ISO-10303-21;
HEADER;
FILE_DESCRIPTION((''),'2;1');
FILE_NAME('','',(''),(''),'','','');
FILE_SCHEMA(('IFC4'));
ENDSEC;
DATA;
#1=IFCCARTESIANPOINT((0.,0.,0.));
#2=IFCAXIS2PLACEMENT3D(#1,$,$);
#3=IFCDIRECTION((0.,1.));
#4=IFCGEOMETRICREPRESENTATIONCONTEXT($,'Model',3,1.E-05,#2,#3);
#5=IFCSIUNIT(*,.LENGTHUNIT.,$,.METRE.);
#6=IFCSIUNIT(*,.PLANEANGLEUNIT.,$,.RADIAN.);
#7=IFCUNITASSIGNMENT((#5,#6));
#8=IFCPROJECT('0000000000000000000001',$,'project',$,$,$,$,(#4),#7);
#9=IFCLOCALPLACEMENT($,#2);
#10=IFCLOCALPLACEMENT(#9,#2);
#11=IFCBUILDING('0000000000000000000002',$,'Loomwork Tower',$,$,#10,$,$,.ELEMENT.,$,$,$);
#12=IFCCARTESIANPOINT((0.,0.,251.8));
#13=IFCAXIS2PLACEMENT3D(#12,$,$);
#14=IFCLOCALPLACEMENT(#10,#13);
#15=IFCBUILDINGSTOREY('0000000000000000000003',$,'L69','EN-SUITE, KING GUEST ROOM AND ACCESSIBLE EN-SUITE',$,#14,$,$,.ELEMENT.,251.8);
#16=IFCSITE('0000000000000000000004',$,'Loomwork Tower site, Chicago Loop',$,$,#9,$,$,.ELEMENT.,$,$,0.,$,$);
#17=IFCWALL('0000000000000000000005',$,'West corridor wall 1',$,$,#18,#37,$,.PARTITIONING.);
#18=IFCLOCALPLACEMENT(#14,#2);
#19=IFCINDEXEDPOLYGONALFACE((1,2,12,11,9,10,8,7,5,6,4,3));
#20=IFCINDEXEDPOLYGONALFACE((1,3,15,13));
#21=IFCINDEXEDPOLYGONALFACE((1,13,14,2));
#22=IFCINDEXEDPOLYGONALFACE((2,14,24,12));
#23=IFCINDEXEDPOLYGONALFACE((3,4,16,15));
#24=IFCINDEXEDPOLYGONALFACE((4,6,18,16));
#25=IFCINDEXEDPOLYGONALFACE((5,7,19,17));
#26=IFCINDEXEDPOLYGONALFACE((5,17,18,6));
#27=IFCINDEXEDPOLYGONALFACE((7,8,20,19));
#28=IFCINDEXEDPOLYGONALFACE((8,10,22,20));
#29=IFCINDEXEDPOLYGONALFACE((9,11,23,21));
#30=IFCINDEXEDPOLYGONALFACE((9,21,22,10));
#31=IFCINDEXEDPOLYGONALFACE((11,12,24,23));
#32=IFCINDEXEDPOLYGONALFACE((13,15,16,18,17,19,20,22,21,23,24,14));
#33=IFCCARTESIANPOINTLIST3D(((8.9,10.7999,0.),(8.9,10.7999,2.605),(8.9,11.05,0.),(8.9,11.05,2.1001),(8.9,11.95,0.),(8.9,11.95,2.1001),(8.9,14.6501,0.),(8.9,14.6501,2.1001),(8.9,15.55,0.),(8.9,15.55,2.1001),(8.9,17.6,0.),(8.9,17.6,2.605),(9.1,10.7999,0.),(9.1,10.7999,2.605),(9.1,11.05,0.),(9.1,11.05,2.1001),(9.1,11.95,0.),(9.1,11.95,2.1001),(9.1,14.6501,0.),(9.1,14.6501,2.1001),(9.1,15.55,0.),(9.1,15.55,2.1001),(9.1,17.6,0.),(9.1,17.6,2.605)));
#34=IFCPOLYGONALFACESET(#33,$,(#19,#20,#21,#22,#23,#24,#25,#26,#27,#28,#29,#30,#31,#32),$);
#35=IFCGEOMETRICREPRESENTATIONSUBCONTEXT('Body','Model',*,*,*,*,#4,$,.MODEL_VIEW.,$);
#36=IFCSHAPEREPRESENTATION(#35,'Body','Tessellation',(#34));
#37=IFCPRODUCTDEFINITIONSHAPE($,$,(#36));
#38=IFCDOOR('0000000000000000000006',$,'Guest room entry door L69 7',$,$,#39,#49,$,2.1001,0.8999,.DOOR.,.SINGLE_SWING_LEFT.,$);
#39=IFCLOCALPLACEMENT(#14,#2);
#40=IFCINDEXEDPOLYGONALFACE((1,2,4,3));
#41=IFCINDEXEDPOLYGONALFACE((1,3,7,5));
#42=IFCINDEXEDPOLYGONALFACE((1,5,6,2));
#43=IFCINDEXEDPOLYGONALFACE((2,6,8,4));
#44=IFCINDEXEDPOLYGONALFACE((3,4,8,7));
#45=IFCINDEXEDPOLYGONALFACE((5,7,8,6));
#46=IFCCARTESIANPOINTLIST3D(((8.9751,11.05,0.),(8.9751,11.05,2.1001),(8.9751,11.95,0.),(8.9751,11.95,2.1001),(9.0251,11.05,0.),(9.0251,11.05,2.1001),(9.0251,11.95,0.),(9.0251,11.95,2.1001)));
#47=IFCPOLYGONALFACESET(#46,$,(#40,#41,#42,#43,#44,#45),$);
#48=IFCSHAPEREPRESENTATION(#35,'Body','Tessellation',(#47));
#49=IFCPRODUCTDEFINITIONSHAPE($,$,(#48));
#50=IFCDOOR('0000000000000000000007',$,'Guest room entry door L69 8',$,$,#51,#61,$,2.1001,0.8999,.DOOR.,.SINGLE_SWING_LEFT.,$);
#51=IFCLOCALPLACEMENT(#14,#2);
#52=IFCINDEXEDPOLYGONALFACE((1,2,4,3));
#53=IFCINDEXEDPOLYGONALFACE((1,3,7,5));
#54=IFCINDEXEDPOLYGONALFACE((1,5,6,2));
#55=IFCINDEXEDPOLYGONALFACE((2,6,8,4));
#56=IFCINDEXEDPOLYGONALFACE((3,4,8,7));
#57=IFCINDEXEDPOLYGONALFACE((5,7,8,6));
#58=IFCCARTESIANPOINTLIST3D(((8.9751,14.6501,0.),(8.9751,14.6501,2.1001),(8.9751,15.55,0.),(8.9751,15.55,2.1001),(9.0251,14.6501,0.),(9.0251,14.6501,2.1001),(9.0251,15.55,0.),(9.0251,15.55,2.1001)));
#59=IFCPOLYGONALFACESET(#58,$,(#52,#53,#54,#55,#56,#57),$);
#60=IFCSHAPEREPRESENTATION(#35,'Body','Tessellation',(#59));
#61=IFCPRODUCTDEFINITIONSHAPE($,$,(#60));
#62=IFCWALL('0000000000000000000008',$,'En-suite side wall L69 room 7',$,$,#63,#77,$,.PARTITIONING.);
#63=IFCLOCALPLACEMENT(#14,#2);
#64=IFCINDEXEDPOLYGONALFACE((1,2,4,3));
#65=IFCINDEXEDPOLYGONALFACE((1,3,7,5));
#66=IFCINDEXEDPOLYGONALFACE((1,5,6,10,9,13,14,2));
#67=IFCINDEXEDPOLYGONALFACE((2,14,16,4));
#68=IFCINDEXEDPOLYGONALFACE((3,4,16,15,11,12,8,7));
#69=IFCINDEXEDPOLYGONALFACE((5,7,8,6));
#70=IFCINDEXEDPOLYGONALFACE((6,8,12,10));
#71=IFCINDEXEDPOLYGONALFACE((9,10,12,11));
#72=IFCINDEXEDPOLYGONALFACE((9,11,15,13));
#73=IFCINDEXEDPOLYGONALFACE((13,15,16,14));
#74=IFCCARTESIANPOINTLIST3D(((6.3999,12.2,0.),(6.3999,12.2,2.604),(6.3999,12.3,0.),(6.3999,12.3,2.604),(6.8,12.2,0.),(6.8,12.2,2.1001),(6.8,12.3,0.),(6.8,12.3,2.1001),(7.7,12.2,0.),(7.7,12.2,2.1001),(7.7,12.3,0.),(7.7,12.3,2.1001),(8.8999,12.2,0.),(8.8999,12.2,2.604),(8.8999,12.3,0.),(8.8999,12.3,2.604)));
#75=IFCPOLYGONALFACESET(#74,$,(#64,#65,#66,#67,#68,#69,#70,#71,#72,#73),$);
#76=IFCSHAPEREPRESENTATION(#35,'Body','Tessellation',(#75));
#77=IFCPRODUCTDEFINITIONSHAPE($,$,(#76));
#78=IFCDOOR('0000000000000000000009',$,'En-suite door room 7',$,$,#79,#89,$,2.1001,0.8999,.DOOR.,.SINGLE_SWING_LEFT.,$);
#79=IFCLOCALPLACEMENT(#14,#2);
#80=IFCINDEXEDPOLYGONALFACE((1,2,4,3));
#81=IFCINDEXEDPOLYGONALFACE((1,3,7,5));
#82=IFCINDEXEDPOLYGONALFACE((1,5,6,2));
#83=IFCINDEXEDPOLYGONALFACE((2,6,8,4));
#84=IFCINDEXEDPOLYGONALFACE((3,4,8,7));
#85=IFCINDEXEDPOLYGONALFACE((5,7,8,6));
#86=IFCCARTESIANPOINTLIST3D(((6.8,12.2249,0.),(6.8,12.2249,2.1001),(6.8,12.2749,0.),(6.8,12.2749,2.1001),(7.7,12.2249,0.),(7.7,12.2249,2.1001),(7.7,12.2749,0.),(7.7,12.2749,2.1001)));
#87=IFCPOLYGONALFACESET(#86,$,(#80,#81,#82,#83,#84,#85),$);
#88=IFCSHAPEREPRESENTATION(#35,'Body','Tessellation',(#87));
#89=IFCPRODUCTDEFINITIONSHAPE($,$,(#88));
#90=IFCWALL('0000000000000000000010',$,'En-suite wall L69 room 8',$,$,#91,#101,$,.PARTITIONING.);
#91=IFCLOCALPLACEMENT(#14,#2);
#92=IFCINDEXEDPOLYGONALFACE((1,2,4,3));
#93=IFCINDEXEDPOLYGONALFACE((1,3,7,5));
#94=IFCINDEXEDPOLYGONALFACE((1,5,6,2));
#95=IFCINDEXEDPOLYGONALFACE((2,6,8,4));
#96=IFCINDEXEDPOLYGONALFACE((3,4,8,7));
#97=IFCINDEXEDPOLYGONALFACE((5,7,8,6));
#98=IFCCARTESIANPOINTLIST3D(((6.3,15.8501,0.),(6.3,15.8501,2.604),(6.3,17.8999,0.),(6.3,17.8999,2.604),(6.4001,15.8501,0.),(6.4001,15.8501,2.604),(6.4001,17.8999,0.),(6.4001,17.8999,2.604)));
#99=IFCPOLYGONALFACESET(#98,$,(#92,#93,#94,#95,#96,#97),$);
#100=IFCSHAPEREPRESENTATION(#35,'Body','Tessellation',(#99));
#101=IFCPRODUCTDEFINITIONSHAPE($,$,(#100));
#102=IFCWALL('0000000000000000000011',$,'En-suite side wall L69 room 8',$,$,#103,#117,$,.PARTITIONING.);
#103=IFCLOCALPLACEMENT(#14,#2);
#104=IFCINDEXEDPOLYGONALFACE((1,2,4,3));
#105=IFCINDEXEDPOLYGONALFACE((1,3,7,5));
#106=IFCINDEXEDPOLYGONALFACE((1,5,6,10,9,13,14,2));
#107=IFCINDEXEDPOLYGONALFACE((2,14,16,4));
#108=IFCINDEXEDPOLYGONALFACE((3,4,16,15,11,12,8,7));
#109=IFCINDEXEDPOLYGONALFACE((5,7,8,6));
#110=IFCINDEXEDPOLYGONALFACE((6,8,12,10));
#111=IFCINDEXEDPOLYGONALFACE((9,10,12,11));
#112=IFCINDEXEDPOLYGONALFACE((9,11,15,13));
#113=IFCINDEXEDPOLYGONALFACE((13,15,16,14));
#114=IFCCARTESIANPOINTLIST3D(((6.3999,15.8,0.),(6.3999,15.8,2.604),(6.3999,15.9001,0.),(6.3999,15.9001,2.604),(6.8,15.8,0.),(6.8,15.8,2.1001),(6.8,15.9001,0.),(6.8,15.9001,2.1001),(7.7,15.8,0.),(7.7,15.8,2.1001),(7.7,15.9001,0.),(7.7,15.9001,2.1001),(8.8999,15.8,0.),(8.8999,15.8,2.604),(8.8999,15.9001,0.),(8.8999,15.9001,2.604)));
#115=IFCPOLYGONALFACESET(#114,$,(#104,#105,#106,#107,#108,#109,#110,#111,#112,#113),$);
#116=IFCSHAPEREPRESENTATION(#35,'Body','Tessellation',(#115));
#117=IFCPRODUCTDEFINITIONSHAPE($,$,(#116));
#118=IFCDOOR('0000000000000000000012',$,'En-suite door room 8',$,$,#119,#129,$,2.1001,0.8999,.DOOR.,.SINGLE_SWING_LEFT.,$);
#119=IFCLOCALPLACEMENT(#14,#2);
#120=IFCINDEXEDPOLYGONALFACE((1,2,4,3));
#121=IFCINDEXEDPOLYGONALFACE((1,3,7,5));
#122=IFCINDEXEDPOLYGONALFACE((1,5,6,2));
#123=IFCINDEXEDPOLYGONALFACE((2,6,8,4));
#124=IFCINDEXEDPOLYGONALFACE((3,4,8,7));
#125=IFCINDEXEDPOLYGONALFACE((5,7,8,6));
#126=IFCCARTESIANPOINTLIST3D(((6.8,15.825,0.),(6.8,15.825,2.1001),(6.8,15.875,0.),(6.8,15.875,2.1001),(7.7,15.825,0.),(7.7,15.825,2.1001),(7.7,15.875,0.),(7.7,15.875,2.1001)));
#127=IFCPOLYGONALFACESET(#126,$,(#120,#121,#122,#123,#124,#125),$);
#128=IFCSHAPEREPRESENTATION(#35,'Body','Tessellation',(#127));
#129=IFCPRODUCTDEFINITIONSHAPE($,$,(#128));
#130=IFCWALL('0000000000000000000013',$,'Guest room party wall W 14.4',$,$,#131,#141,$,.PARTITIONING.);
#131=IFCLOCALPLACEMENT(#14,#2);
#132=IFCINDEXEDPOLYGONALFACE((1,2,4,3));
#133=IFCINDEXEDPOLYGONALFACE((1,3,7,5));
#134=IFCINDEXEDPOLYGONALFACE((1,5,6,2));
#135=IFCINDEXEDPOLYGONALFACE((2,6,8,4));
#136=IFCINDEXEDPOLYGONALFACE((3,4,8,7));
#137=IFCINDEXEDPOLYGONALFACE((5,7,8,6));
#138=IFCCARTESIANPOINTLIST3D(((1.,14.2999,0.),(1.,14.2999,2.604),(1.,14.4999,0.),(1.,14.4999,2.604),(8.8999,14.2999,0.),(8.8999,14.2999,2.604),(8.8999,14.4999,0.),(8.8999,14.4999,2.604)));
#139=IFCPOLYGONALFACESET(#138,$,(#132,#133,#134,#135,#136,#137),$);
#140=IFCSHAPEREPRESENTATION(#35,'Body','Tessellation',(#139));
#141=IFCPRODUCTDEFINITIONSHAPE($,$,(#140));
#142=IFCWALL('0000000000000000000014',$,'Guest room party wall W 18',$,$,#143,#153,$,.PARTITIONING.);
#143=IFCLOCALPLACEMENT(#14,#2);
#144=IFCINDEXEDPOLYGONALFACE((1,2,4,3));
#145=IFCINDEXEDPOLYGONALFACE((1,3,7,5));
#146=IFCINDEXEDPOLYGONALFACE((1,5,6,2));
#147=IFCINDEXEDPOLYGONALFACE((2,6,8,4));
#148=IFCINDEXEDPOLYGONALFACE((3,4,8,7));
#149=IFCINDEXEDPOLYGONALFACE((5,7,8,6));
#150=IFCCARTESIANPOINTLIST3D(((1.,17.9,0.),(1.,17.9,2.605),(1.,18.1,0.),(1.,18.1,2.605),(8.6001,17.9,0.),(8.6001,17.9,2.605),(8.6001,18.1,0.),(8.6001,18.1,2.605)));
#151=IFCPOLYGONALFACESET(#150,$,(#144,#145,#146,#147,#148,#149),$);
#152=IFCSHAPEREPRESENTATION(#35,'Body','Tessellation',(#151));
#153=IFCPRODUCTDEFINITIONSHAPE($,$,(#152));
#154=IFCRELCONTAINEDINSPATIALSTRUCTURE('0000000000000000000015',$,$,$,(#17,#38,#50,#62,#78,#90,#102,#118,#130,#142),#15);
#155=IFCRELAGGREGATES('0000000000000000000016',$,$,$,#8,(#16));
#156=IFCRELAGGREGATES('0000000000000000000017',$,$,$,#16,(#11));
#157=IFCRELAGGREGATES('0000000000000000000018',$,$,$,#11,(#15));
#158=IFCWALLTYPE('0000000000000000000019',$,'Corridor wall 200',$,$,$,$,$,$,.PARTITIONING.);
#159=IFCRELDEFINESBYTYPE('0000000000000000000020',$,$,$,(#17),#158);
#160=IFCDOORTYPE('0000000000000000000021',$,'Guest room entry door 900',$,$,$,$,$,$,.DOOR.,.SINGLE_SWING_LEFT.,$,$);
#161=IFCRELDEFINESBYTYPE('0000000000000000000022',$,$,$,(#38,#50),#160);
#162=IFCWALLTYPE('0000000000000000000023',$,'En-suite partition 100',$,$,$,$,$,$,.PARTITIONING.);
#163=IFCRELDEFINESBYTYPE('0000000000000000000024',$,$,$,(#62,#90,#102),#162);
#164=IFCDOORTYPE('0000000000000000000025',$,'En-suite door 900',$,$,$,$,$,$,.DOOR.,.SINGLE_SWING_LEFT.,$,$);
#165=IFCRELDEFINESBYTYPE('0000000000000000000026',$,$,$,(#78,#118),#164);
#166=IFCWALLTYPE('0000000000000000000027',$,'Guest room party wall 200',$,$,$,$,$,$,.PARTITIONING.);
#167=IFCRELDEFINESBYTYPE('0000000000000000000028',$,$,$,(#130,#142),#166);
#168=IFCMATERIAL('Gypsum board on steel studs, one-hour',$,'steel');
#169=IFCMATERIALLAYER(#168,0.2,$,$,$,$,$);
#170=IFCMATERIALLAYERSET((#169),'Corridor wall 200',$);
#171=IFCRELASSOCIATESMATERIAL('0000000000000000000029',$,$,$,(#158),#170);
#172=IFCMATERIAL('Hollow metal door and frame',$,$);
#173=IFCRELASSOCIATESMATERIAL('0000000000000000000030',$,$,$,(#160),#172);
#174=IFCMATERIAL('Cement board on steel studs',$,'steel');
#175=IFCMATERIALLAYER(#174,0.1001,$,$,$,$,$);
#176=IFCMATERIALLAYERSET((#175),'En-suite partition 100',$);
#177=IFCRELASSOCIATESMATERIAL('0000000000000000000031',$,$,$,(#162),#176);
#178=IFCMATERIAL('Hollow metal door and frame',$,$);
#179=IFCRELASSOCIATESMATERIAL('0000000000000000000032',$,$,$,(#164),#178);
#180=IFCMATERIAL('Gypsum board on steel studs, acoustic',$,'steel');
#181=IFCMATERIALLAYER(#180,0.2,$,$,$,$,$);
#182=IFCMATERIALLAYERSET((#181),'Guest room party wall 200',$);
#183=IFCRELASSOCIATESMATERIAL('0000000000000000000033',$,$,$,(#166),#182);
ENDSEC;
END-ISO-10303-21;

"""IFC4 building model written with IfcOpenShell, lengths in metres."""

from ifc_helpers import new_model, si_unit, direction, frame, frame_2d, origin, place, context, subcontext, project, spatial, rectangle, extrude, material, layer, layer_set, type_object, element, fill, save


model = new_model("IFC4")

# Units and contexts
model_context = context("Model", 3, precision=1e-05, world=origin(), true_north=direction((0.0, 1.0)))
body_context = subcontext(model_context, "Body", "Model", "MODEL_VIEW")
ifc_project = project(units=[si_unit("LENGTHUNIT", "METRE"), si_unit("PLANEANGLEUNIT", "RADIAN")], contexts=[model_context])

# Site, building, storey
site_placement = place(None, origin())
site = spatial("IfcSite", under=ifc_project, at=site_placement, Name="Loomwork Tower site, Chicago Loop", CompositionType="ELEMENT", RefElevation=0.0)
building_placement = place(site_placement, origin())
building = spatial("IfcBuilding", under=site, at=building_placement, Name="Loomwork Tower", CompositionType="ELEMENT")
storey_placement = place(building_placement, frame((0.0, 0.0, 251.8)))
storey = spatial("IfcBuildingStorey", under=building, at=storey_placement, Name="L69", Description="EN-SUITE, KING GUEST ROOM AND ACCESSIBLE EN-SUITE", CompositionType="ELEMENT", Elevation=251.8)

# Wall, openings, doors
ifc_material_1 = material(Name="Gypsum board on steel studs, one-hour", Category="steel")
ifc_layer_1 = layer(ifc_material_1, 0.2)
ifc_layer_set_1 = layer_set([ifc_layer_1], Name="Corridor wall 200")
wall_type_1 = type_object("IfcWallType", Name="Corridor wall 200", PredefinedType="PARTITIONING", material=ifc_layer_set_1)
wall_1_placement = place(storey_placement, frame((9.0, 10.8, 0.0), z_axis=(0.0, 0.0, 1.0), x_axis=(0.0, 1.0, 0.0)))
wall_1 = element("IfcWall", 1, at=wall_1_placement, inside=storey, type_object=wall_type_1, Name="West corridor wall 1", PredefinedType="PARTITIONING", context=body_context, shape_type="SweptSolid", body=[
    extrude(rectangle(XDim=6.8, YDim=0.2, at=frame_2d((3.3999, 0.0))), origin(), (0.0, 0.0, 1.0), 2.605),
])
opening_1_placement = place(wall_1_placement, frame((0.25, 0.0, 0.0)))
opening_1 = element("IfcOpeningElement", 2, at=opening_1_placement, cuts=wall_1, PredefinedType="OPENING", context=body_context, shape_type="SweptSolid", body=[
    extrude(rectangle(XDim=0.8999, YDim=2.1001, at=frame_2d((0.45, 1.05))), frame((0.0, 0.1099, 0.0), z_axis=(0.0, -1.0, 0.0), x_axis=(1.0, 0.0, 0.0)), (0.0, 0.0, 1.0), 0.22),
])
opening_2_placement = place(wall_1_placement, frame((3.8501, 0.0, 0.0)))
opening_2 = element("IfcOpeningElement", 3, at=opening_2_placement, cuts=wall_1, PredefinedType="OPENING", context=body_context, shape_type="SweptSolid", body=[
    extrude(rectangle(XDim=0.8999, YDim=2.1001, at=frame_2d((0.45, 1.05))), frame((0.0, 0.1099, 0.0), z_axis=(0.0, -1.0, 0.0), x_axis=(1.0, 0.0, 0.0)), (0.0, 0.0, 1.0), 0.22),
])
ifc_material_2 = material(Name="Hollow metal door and frame")
door_type_1 = type_object("IfcDoorType", Name="Guest room entry door 900", OperationType="SINGLE_SWING_LEFT", PredefinedType="DOOR", material=ifc_material_2)
door_1_placement = place(opening_1_placement, origin())
door_1 = element("IfcDoor", 4, at=door_1_placement, inside=storey, type_object=door_type_1, Name="Guest room entry door L69 7", OperationType="SINGLE_SWING_LEFT", OverallHeight=2.1001, OverallWidth=0.8999, PredefinedType="DOOR", context=body_context, shape_type="SweptSolid", body=[
    extrude(rectangle(XDim=0.8999, YDim=2.1001, at=frame_2d((0.45, 1.05))), frame((0.0, 0.0249, 0.0), z_axis=(0.0, -1.0, 0.0), x_axis=(1.0, 0.0, 0.0)), (0.0, 0.0, 1.0), 0.05),
])
fill(opening_1, door_1)
door_2_placement = place(opening_2_placement, origin())
door_2 = element("IfcDoor", 5, at=door_2_placement, inside=storey, type_object=door_type_1, Name="Guest room entry door L69 8", OperationType="SINGLE_SWING_LEFT", OverallHeight=2.1001, OverallWidth=0.8999, PredefinedType="DOOR", context=body_context, shape_type="SweptSolid", body=[
    extrude(rectangle(XDim=0.8999, YDim=2.1001, at=frame_2d((0.45, 1.05))), frame((0.0, 0.0249, 0.0), z_axis=(0.0, -1.0, 0.0), x_axis=(1.0, 0.0, 0.0)), (0.0, 0.0, 1.0), 0.05),
])
fill(opening_2, door_2)

# Wall, opening, door
ifc_material_3 = material(Name="Cement board on steel studs", Category="steel")
ifc_layer_2 = layer(ifc_material_3, 0.1001)
ifc_layer_set_2 = layer_set([ifc_layer_2], Name="En-suite partition 100")
wall_type_2 = type_object("IfcWallType", Name="En-suite partition 100", PredefinedType="PARTITIONING", material=ifc_layer_set_2)
wall_2_placement = place(storey_placement, frame((8.8999, 12.25, 0.0), z_axis=(0.0, 0.0, 1.0), x_axis=(-1.0, 0.0, 0.0)))
wall_2 = element("IfcWall", 6, at=wall_2_placement, inside=storey, type_object=wall_type_2, Name="En-suite side wall L69 room 7", PredefinedType="PARTITIONING", context=body_context, shape_type="SweptSolid", body=[
    extrude(rectangle(XDim=2.5, YDim=0.1001, at=frame_2d((1.25, 0.0))), origin(), (0.0, 0.0, 1.0), 2.604),
])
opening_3_placement = place(wall_2_placement, frame((1.2, 0.0, 0.0)))
opening_3 = element("IfcOpeningElement", 7, at=opening_3_placement, cuts=wall_2, PredefinedType="OPENING", context=body_context, shape_type="SweptSolid", body=[
    extrude(rectangle(XDim=0.8999, YDim=2.1001, at=frame_2d((0.45, 1.05))), frame((0.0, 0.0601, 0.0), z_axis=(0.0, -1.0, 0.0), x_axis=(1.0, 0.0, 0.0)), (0.0, 0.0, 1.0), 0.1201),
])
ifc_material_4 = material(Name="Hollow metal door and frame")
door_type_2 = type_object("IfcDoorType", Name="En-suite door 900", OperationType="SINGLE_SWING_LEFT", PredefinedType="DOOR", material=ifc_material_4)
door_3_placement = place(opening_3_placement, frame((0.8999, 0.0, 0.0), z_axis=(0.0, 0.0, 1.0), x_axis=(-1.0, 0.0, 0.0)))
door_3 = element("IfcDoor", 8, at=door_3_placement, inside=storey, type_object=door_type_2, Name="En-suite door room 7", OperationType="SINGLE_SWING_LEFT", OverallHeight=2.1001, OverallWidth=0.8999, PredefinedType="DOOR", context=body_context, shape_type="SweptSolid", body=[
    extrude(rectangle(XDim=0.8999, YDim=2.1001, at=frame_2d((0.45, 1.05))), frame((0.0, 0.0249, 0.0), z_axis=(0.0, -1.0, 0.0), x_axis=(1.0, 0.0, 0.0)), (0.0, 0.0, 1.0), 0.05),
])
fill(opening_3, door_3)

# Wall
wall_3_placement = place(storey_placement, frame((6.3501, 15.8501, 0.0), z_axis=(0.0, 0.0, 1.0), x_axis=(0.0, 1.0, 0.0)))
element("IfcWall", 9, at=wall_3_placement, inside=storey, type_object=wall_type_2, Name="En-suite wall L69 room 8", PredefinedType="PARTITIONING", context=body_context, shape_type="SweptSolid", body=[
    extrude(rectangle(XDim=2.0498, YDim=0.1001, at=frame_2d((1.0249, 0.0))), origin(), (0.0, 0.0, 1.0), 2.604),
])

# Wall, opening, door
wall_4_placement = place(storey_placement, frame((8.8999, 15.8501, 0.0), z_axis=(0.0, 0.0, 1.0), x_axis=(-1.0, 0.0, 0.0)))
wall_4 = element("IfcWall", 10, at=wall_4_placement, inside=storey, type_object=wall_type_2, Name="En-suite side wall L69 room 8", PredefinedType="PARTITIONING", context=body_context, shape_type="SweptSolid", body=[
    extrude(rectangle(XDim=2.5, YDim=0.1001, at=frame_2d((1.25, 0.0))), origin(), (0.0, 0.0, 1.0), 2.604),
])
opening_4_placement = place(wall_4_placement, frame((1.2, 0.0, 0.0)))
opening_4 = element("IfcOpeningElement", 11, at=opening_4_placement, cuts=wall_4, PredefinedType="OPENING", context=body_context, shape_type="SweptSolid", body=[
    extrude(rectangle(XDim=0.8999, YDim=2.1001, at=frame_2d((0.45, 1.05))), frame((0.0, 0.0601, 0.0), z_axis=(0.0, -1.0, 0.0), x_axis=(1.0, 0.0, 0.0)), (0.0, 0.0, 1.0), 0.1201),
])
door_4_placement = place(opening_4_placement, frame((0.8999, 0.0, 0.0), z_axis=(0.0, 0.0, 1.0), x_axis=(-1.0, 0.0, 0.0)))
door_4 = element("IfcDoor", 12, at=door_4_placement, inside=storey, type_object=door_type_2, Name="En-suite door room 8", OperationType="SINGLE_SWING_LEFT", OverallHeight=2.1001, OverallWidth=0.8999, PredefinedType="DOOR", context=body_context, shape_type="SweptSolid", body=[
    extrude(rectangle(XDim=0.8999, YDim=2.1001, at=frame_2d((0.45, 1.05))), frame((0.0, 0.0249, 0.0), z_axis=(0.0, -1.0, 0.0), x_axis=(1.0, 0.0, 0.0)), (0.0, 0.0, 1.0), 0.05),
])
fill(opening_4, door_4)

# Walls
ifc_material_5 = material(Name="Gypsum board on steel studs, acoustic", Category="steel")
ifc_layer_3 = layer(ifc_material_5, 0.2)
ifc_layer_set_3 = layer_set([ifc_layer_3], Name="Guest room party wall 200")
wall_type_3 = type_object("IfcWallType", Name="Guest room party wall 200", PredefinedType="PARTITIONING", material=ifc_layer_set_3)
wall_5_placement = place(storey_placement, frame((8.8999, 14.3999, 0.0), z_axis=(0.0, 0.0, 1.0), x_axis=(-1.0, 0.0, 0.0)))
element("IfcWall", 13, at=wall_5_placement, inside=storey, type_object=wall_type_3, Name="Guest room party wall W 14.4", PredefinedType="PARTITIONING", context=body_context, shape_type="SweptSolid", body=[
    extrude(rectangle(XDim=7.8999, YDim=0.2, at=frame_2d((3.95, 0.0))), origin(), (0.0, 0.0, 1.0), 2.604),
])
wall_6_placement = place(storey_placement, frame((8.6001, 18.0, 0.0), z_axis=(0.0, 0.0, 1.0), x_axis=(-1.0, 0.0, 0.0)))
element("IfcWall", 14, at=wall_6_placement, inside=storey, type_object=wall_type_3, Name="Guest room party wall W 18", PredefinedType="PARTITIONING", context=body_context, shape_type="SweptSolid", body=[
    extrude(rectangle(XDim=7.6001, YDim=0.2, at=frame_2d((3.8, 0.0))), origin(), (0.0, 0.0, 1.0), 2.605),
])

save(model, "model.ifc")
